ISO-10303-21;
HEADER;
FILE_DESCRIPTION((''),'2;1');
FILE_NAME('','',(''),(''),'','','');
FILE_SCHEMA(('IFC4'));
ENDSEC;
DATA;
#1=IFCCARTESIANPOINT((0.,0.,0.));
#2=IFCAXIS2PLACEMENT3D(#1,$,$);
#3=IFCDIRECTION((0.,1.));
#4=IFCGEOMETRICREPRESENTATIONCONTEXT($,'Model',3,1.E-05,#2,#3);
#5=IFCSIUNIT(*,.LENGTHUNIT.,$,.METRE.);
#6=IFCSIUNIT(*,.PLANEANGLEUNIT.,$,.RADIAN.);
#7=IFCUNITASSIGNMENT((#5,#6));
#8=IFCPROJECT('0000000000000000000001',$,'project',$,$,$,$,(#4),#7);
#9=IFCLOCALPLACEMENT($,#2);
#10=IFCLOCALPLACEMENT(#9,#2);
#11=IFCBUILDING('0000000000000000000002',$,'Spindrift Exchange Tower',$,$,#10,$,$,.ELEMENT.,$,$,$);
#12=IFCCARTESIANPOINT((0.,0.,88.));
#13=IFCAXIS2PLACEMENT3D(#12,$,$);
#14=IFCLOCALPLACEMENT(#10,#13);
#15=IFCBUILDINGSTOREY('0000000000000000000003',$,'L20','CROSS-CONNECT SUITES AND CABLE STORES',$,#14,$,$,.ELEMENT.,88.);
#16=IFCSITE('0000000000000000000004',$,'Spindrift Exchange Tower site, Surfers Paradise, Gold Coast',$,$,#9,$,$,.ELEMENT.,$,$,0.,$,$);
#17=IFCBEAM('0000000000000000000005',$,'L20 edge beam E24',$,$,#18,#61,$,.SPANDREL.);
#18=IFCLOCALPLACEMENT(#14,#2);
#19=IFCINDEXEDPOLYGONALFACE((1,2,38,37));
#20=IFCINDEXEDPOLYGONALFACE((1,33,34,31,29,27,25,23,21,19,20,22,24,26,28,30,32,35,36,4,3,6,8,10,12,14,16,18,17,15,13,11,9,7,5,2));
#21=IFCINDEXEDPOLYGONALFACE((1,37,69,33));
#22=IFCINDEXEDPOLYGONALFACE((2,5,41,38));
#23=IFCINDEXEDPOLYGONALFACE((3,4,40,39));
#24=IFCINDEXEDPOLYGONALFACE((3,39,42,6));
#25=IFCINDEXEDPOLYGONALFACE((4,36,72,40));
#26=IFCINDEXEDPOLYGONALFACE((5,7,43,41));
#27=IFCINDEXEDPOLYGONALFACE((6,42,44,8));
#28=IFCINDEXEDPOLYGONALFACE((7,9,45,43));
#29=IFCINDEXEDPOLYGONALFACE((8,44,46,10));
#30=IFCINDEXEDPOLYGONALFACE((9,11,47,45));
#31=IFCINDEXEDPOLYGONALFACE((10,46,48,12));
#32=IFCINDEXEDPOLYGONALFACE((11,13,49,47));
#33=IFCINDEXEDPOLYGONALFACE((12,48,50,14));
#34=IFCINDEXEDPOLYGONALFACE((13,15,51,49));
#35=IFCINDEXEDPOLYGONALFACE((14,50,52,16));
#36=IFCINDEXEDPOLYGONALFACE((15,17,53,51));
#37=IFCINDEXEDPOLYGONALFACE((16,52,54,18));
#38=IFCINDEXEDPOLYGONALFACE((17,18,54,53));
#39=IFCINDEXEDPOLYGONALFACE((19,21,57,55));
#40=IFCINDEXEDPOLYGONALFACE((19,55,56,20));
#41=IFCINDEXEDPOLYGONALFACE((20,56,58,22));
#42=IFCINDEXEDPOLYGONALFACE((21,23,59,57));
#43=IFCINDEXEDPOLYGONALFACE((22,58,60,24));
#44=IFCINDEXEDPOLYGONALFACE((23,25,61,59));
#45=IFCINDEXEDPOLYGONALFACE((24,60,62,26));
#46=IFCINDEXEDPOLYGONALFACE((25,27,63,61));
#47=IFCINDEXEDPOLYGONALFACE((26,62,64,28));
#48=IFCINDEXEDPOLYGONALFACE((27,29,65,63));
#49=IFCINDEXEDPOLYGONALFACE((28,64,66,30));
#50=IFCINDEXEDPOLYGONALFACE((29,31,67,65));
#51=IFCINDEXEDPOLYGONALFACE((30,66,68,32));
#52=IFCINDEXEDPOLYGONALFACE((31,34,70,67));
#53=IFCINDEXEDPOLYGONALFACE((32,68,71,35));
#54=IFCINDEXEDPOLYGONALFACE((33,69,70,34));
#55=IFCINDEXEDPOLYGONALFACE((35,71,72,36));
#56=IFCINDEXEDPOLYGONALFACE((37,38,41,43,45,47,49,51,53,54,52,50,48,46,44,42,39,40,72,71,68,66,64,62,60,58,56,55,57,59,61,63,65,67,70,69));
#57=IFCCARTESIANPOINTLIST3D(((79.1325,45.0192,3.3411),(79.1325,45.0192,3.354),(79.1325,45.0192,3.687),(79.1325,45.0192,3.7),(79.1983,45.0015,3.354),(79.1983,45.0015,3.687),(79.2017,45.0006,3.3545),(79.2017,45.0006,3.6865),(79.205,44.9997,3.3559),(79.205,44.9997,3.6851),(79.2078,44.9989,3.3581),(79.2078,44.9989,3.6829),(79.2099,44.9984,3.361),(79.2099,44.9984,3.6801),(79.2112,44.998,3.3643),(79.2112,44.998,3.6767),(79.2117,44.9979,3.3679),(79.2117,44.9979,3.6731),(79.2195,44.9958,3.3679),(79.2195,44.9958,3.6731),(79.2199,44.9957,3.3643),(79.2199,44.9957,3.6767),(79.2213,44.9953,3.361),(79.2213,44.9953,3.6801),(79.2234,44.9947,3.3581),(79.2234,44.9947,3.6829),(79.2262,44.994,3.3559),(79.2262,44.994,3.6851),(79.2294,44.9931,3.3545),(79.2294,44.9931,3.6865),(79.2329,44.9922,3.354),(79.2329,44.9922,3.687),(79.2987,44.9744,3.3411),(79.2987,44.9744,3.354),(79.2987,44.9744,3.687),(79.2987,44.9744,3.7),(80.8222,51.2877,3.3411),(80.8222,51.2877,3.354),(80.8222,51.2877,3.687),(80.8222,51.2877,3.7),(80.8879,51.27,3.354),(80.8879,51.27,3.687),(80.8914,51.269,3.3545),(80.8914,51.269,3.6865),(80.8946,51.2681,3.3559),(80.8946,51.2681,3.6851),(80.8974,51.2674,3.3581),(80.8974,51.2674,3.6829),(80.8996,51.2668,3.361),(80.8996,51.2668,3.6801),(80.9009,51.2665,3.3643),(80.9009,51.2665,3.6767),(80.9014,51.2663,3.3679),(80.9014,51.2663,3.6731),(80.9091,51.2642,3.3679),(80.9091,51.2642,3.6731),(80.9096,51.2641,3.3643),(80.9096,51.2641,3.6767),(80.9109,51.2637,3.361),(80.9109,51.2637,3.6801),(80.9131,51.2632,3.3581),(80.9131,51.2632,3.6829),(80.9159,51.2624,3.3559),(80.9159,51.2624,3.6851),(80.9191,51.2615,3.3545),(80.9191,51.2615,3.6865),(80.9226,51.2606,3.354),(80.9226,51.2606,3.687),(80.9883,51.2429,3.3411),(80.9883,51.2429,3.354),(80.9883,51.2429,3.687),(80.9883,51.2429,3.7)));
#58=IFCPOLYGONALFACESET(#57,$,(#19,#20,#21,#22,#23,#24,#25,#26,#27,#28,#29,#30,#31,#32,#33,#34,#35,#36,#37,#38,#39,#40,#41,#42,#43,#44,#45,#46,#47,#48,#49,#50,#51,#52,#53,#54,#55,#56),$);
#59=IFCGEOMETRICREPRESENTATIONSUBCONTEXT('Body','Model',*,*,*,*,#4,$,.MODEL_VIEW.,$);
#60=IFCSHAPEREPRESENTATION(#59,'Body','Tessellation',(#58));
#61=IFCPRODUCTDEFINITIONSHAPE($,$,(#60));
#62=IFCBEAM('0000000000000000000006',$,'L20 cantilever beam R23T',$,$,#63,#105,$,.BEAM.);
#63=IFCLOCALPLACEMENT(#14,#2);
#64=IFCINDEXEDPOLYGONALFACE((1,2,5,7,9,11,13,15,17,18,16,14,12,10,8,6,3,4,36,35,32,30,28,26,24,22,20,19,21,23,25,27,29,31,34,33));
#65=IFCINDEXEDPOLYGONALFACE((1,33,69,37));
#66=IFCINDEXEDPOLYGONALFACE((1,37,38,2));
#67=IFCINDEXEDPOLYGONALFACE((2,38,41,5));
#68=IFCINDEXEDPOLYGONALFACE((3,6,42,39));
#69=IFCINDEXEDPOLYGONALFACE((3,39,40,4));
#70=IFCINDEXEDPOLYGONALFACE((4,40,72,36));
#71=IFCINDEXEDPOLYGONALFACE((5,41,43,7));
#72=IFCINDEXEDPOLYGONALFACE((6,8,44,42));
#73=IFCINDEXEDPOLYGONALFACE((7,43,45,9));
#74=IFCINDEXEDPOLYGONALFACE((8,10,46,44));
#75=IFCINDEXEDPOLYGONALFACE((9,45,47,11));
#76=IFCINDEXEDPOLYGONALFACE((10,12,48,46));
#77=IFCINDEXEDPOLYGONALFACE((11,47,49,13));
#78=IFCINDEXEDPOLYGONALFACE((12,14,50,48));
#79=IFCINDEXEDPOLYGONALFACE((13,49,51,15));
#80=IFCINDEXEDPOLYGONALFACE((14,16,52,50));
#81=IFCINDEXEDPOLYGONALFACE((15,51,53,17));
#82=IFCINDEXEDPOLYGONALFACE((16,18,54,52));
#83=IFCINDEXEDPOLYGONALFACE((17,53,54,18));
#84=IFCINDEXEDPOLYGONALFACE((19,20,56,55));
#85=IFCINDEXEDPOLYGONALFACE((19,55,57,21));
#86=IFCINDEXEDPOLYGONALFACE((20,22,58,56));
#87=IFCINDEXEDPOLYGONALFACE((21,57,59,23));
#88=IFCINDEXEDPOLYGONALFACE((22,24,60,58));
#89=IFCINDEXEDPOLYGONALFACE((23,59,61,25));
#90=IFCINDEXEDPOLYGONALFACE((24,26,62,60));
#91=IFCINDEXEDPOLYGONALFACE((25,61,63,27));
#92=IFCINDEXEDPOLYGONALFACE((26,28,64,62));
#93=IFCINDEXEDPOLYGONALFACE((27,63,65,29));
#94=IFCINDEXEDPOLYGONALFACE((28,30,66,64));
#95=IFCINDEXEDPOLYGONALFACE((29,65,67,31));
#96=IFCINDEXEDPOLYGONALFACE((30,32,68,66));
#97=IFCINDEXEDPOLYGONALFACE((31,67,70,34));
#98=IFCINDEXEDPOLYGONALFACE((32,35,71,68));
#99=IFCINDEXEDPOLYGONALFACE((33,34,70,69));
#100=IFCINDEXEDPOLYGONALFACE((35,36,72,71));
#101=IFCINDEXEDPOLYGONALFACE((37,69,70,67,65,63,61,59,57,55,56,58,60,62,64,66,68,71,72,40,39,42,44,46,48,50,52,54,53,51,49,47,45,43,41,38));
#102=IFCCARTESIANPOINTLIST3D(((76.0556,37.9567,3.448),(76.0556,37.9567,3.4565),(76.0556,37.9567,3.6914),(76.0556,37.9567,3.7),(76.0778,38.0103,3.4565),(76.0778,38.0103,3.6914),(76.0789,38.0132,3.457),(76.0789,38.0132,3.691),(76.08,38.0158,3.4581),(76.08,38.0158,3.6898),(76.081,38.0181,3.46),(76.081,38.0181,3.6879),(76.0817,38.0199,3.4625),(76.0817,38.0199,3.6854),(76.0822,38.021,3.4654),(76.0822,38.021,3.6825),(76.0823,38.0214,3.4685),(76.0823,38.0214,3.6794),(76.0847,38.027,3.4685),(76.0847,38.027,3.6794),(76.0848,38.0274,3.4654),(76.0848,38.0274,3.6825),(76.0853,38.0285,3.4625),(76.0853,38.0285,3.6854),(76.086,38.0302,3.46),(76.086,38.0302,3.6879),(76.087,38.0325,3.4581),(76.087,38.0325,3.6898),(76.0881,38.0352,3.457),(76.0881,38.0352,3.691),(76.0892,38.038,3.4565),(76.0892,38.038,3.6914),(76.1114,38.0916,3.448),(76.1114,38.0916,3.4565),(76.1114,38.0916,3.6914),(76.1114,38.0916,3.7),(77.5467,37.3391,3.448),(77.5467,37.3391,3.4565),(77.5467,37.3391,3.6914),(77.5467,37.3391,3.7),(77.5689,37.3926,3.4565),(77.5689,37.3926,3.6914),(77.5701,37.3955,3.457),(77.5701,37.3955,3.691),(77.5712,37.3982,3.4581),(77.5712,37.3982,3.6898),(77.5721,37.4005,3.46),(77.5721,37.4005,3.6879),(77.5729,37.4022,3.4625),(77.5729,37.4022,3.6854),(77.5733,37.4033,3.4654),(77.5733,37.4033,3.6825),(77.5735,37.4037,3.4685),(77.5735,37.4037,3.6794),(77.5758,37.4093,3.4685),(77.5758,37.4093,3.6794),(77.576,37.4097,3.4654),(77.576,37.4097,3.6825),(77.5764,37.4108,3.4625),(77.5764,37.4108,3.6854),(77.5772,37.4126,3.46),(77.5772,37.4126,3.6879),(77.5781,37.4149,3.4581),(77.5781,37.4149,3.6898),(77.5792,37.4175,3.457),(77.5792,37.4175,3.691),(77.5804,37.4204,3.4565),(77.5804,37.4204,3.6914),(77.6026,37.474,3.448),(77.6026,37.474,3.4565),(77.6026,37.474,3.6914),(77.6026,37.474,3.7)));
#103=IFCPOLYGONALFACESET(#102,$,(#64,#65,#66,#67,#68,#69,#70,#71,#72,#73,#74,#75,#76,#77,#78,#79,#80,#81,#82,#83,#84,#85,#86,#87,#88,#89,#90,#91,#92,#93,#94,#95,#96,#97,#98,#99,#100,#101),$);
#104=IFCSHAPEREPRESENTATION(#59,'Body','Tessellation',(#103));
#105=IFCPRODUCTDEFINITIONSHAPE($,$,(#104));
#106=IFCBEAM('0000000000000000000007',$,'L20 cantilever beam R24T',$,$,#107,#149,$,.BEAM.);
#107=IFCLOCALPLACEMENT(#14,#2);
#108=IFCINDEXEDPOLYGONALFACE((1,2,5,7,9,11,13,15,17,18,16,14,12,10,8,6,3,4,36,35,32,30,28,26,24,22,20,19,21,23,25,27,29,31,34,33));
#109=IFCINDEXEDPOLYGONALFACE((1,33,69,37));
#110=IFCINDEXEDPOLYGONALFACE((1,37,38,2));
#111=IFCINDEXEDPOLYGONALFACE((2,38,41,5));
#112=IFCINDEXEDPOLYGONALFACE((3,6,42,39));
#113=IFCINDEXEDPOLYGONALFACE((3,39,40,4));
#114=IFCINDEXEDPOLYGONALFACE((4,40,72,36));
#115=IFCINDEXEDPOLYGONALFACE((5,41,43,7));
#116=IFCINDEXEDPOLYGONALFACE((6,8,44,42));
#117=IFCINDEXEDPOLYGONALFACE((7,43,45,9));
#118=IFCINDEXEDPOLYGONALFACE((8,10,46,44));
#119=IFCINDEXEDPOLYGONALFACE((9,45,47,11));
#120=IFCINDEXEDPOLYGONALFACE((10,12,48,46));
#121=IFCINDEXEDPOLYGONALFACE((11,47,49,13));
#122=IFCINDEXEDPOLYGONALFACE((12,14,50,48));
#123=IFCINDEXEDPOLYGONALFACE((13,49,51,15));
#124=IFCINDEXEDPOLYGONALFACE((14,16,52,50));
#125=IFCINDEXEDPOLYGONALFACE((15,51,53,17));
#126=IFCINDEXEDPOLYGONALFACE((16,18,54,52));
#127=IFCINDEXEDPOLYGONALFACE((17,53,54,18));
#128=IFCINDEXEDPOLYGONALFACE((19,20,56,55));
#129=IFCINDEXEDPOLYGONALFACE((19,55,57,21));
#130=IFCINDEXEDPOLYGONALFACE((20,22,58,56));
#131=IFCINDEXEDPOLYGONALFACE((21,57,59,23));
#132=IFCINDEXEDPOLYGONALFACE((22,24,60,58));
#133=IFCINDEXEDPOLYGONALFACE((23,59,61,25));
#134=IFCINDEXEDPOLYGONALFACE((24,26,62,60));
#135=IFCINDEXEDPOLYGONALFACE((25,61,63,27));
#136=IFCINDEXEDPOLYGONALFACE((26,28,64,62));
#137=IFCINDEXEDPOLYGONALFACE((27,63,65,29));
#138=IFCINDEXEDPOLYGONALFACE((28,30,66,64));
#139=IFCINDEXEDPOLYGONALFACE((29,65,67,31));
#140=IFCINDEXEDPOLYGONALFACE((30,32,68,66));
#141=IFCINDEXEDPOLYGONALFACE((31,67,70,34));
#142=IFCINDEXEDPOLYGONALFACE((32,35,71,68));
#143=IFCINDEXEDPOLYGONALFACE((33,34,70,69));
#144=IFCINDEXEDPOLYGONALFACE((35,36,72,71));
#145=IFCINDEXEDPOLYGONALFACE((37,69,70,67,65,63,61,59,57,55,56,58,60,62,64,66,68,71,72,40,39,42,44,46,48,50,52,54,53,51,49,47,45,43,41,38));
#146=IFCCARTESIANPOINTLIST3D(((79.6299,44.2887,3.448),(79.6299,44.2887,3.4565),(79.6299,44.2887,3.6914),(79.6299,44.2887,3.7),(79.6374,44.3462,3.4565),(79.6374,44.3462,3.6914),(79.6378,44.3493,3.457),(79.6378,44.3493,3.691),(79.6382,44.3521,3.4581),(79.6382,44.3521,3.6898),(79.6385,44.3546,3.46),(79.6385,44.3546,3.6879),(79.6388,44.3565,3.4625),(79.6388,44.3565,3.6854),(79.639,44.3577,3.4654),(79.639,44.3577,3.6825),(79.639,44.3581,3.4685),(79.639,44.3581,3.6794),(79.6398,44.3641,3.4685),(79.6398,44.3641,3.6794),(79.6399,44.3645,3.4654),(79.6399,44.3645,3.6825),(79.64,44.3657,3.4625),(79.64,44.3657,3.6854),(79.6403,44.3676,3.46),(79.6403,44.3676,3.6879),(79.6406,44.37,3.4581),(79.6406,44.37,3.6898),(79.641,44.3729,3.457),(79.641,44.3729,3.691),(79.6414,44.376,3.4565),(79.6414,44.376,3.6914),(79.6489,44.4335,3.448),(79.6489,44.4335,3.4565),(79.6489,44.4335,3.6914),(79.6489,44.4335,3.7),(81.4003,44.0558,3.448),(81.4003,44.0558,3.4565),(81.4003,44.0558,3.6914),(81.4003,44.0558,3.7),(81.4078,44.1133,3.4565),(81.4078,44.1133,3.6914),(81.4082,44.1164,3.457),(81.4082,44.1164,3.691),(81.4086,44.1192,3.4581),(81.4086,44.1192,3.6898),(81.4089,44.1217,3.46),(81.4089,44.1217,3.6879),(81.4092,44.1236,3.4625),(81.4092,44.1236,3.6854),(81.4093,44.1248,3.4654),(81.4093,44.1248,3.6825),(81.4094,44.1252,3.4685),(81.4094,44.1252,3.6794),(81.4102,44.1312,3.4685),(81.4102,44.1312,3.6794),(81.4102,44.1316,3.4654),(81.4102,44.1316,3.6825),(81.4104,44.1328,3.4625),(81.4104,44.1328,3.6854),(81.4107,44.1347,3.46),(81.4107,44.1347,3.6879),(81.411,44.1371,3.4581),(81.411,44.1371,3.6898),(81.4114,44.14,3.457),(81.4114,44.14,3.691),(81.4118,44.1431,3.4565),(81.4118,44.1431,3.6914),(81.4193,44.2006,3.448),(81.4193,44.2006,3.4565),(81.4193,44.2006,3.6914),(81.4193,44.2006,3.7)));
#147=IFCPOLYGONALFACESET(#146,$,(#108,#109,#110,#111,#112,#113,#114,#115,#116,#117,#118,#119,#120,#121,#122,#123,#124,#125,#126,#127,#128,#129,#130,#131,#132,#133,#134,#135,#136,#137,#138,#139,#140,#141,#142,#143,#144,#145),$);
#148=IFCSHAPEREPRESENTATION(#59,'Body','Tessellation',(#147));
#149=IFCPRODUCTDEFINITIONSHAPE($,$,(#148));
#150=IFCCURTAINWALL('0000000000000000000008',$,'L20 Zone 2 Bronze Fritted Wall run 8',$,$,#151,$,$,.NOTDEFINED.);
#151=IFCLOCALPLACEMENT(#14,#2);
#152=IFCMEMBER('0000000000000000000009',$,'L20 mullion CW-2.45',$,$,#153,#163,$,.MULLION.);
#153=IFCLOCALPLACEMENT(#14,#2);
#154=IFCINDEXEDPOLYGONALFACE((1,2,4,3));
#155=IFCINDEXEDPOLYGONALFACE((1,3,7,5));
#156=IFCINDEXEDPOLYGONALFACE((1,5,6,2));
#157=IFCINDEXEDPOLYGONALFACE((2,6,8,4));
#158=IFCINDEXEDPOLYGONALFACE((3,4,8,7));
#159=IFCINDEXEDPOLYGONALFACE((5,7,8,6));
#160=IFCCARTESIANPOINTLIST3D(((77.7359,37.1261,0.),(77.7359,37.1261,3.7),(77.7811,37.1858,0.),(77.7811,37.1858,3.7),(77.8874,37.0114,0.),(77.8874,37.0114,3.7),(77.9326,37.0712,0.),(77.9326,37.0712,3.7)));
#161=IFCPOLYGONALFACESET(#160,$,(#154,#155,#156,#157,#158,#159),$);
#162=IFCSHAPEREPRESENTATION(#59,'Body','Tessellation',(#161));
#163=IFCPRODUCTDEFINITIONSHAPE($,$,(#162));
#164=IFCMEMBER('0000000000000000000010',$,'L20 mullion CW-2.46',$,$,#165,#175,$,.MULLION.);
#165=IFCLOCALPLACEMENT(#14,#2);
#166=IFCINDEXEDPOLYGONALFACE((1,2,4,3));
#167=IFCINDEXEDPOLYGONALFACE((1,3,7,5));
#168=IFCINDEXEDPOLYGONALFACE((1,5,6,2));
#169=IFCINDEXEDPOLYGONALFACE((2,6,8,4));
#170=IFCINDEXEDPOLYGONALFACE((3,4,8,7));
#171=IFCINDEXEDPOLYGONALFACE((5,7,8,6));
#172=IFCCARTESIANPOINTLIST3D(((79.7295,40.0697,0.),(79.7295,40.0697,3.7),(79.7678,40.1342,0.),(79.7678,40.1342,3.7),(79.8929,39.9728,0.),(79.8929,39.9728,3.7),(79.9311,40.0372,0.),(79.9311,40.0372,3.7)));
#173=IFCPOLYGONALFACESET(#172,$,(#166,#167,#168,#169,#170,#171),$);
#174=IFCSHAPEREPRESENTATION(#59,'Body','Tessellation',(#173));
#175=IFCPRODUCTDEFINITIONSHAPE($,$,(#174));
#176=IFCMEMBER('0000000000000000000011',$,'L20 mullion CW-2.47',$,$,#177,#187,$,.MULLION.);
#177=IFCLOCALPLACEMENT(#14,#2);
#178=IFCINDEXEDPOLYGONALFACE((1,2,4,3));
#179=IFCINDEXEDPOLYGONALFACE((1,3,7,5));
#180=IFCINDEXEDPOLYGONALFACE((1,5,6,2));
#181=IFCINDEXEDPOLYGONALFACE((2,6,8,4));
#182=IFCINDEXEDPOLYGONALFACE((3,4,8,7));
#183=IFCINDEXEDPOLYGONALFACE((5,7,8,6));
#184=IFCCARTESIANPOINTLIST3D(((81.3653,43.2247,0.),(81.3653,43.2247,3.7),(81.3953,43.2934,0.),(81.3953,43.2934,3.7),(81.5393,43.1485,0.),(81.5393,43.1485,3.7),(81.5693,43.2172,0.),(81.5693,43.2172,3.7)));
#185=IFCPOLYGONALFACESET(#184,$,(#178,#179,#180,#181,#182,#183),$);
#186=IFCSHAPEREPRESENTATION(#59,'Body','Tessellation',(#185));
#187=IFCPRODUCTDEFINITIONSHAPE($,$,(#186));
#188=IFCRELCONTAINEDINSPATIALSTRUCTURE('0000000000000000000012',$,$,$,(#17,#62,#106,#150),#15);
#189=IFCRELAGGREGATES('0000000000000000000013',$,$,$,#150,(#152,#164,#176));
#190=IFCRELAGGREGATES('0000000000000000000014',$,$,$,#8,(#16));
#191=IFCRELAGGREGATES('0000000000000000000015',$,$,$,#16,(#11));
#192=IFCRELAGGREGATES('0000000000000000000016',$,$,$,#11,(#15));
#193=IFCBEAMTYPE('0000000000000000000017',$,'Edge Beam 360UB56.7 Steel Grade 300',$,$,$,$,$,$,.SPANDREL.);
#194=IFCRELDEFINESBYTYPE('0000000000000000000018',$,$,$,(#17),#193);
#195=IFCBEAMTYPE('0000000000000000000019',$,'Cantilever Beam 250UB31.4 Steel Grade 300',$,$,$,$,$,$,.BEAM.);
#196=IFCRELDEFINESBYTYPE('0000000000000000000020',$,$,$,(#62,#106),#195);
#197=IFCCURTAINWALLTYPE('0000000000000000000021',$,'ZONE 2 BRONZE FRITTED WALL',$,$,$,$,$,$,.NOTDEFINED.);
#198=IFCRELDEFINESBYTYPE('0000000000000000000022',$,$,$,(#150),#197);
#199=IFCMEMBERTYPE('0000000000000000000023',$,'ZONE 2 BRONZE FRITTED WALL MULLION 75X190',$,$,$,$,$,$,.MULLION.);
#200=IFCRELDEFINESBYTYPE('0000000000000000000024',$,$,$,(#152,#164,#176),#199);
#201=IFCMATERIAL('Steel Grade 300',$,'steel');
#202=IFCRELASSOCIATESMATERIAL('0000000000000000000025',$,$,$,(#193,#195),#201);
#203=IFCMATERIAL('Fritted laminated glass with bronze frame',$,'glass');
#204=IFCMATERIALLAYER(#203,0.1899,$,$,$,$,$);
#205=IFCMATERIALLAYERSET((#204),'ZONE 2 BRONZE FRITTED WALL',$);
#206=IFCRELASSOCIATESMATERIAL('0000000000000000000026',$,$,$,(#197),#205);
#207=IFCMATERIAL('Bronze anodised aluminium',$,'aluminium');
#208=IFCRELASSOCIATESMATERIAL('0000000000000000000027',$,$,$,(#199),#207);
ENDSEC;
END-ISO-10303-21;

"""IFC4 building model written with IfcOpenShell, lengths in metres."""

from ifc_helpers import new_model, si_unit, direction, frame, origin, origin_2d, place, context, subcontext, project, spatial, rectangle, i_section, extrude, source, transform, mapped, material, layer, layer_set, material_profile, profile_set, type_object, element, aggregate, save


model = new_model("IFC4")

# Units and contexts
model_context = context("Model", 3, precision=1e-05, world=origin(), true_north=direction((0.0, 1.0)))
body_context = subcontext(model_context, "Body", "Model", "MODEL_VIEW")
ifc_project = project(units=[si_unit("LENGTHUNIT", "METRE"), si_unit("PLANEANGLEUNIT", "RADIAN")], contexts=[model_context])

# Site, building, storey
site_placement = place(None, origin())
site = spatial("IfcSite", under=ifc_project, at=site_placement, Name="Spindrift Exchange Tower site, Surfers Paradise, Gold Coast", CompositionType="ELEMENT", RefElevation=0.0)
building_placement = place(site_placement, origin())
building = spatial("IfcBuilding", under=site, at=building_placement, Name="Spindrift Exchange Tower", CompositionType="ELEMENT")
storey_placement = place(building_placement, frame((0.0, 0.0, 88.0)))
storey = spatial("IfcBuildingStorey", under=building, at=storey_placement, Name="L20", Description="CROSS-CONNECT SUITES AND CABLE STORES", CompositionType="ELEMENT", Elevation=88.0)

# Beams
ifc_material_1 = material(Name="Steel Grade 300", Category="steel")
ifc_material_profile_1 = material_profile(ifc_material_1, i_section(OverallWidth=0.1721, OverallDepth=0.3589, WebThickness=0.0081, FlangeThickness=0.0129, FilletRadius=0.0139, at=origin_2d()), Name="360UB56.7")
ifc_profile_set_1 = profile_set([ifc_material_profile_1], Name="Steel Grade 300")
beam_type_1 = type_object("IfcBeamType", Name="Edge Beam 360UB56.7 Steel Grade 300", PredefinedType="SPANDREL", material=ifc_profile_set_1)
shared_shape_1 = source(origin(), body_context, "Body", "SweptSolid", [
    extrude(i_section(OverallWidth=0.1721, OverallDepth=0.3589, WebThickness=0.0081, FlangeThickness=0.0129, FilletRadius=0.0139, at=origin_2d()), origin(), (0.0, 0.0, 1.0), 6.4922),
])
beam_1_placement = place(storey_placement, frame((79.2156, 44.9968, 3.5205), z_axis=(0.260262, 0.965538, 0.0), x_axis=(-0.965538, 0.260262, 0.0)))
element("IfcBeam", 1, at=beam_1_placement, inside=storey, type_object=beam_type_1, Name="L20 edge beam E24", PredefinedType="SPANDREL", context=body_context, shape_type="MappedRepresentation", body=[
    mapped(shared_shape_1, transform((0.0, 0.0, 0.0), scale=1.0)),
])
ifc_material_profile_2 = material_profile(ifc_material_1, i_section(OverallWidth=0.146, OverallDepth=0.252, WebThickness=0.0061, FlangeThickness=0.0085, FilletRadius=0.012, at=origin_2d()), Name="250UB31.4")
ifc_profile_set_2 = profile_set([ifc_material_profile_2], Name="Steel Grade 300")
beam_type_2 = type_object("IfcBeamType", Name="Cantilever Beam 250UB31.4 Steel Grade 300", PredefinedType="BEAM", material=ifc_profile_set_2)
shared_shape_2 = source(origin(), body_context, "Body", "SweptSolid", [
    extrude(i_section(OverallWidth=0.146, OverallDepth=0.252, WebThickness=0.0061, FlangeThickness=0.0085, FilletRadius=0.012, at=origin_2d()), origin(), (0.0, 0.0, 1.0), 1.614),
])
beam_2_placement = place(storey_placement, frame((76.0835, 38.0242, 3.574), z_axis=(0.92388, -0.382681, 0.0), x_axis=(0.382681, 0.92388, 0.0)))
element("IfcBeam", 2, at=beam_2_placement, inside=storey, type_object=beam_type_2, Name="L20 cantilever beam R23T", PredefinedType="BEAM", context=body_context, shape_type="MappedRepresentation", body=[
    mapped(shared_shape_2, transform((0.0, 0.0, 0.0), scale=1.0)),
])
shared_shape_3 = source(origin(), body_context, "Body", "SweptSolid", [
    extrude(i_section(OverallWidth=0.146, OverallDepth=0.252, WebThickness=0.0061, FlangeThickness=0.0085, FilletRadius=0.012, at=origin_2d()), origin(), (0.0, 0.0, 1.0), 1.7856),
])
beam_3_placement = place(storey_placement, frame((79.6394, 44.3611, 3.574), z_axis=(0.991458, -0.130426, 0.0), x_axis=(0.130426, 0.991458, 0.0)))
element("IfcBeam", 3, at=beam_3_placement, inside=storey, type_object=beam_type_2, Name="L20 cantilever beam R24T", PredefinedType="BEAM", context=body_context, shape_type="MappedRepresentation", body=[
    mapped(shared_shape_3, transform((0.0, 0.0, 0.0), scale=1.0)),
])

# Curtain wall, members
ifc_material_2 = material(Name="Fritted laminated glass with bronze frame", Category="glass")
ifc_layer_1 = layer(ifc_material_2, 0.1899)
ifc_layer_set_1 = layer_set([ifc_layer_1], Name="ZONE 2 BRONZE FRITTED WALL")
curtain_wall_type = type_object("IfcCurtainWallType", Name="ZONE 2 BRONZE FRITTED WALL", PredefinedType="NOTDEFINED", material=ifc_layer_set_1)
curtain_wall_placement = place(storey_placement, origin())
curtain_wall = element("IfcCurtainWall", 4, at=curtain_wall_placement, inside=storey, type_object=curtain_wall_type, Name="L20 Zone 2 Bronze Fritted Wall run 8", PredefinedType="NOTDEFINED")
ifc_material_3 = material(Name="Bronze anodised aluminium", Category="aluminium")
ifc_material_profile_3 = material_profile(ifc_material_3, rectangle(XDim=0.075, YDim=0.1899, at=origin_2d()), Name="ZONE 2 BRONZE FRITTED WALL MULLION 75X190")
ifc_profile_set_3 = profile_set([ifc_material_profile_3], Name="Bronze anodised aluminium")
member_type_1 = type_object("IfcMemberType", Name="ZONE 2 BRONZE FRITTED WALL MULLION 75X190", PredefinedType="MULLION", material=ifc_profile_set_3)
shared_shape_4 = source(origin(), body_context, "Body", "SweptSolid", [
    extrude(rectangle(XDim=0.075, YDim=0.1899, at=origin_2d()), origin(), (0.0, 0.0, 1.0), 3.7),
])
member_1_placement = place(storey_placement, frame((77.8342, 37.0986, 0.0), z_axis=(0.0, 0.0, 1.0), x_axis=(0.60339, 0.797446, 0.0)))
member_1 = element("IfcMember", 5, at=member_1_placement, type_object=member_type_1, Name="L20 mullion CW-2.45", PredefinedType="MULLION", context=body_context, shape_type="MappedRepresentation", body=[
    mapped(shared_shape_4, transform((0.0, 0.0, 0.0), scale=1.0)),
])
member_2_placement = place(storey_placement, frame((79.8303, 40.0535, 0.0), z_axis=(0.0, 0.0, 1.0), x_axis=(0.510327, 0.85998, 0.0)))
member_2 = element("IfcMember", 6, at=member_2_placement, type_object=member_type_1, Name="L20 mullion CW-2.46", PredefinedType="MULLION", context=body_context, shape_type="MappedRepresentation", body=[
    mapped(shared_shape_4, transform((0.0, 0.0, 0.0), scale=1.0)),
])
member_3_placement = place(storey_placement, frame((81.4673, 43.2209, 0.0), z_axis=(0.0, 0.0, 1.0), x_axis=(0.400912, 0.916117, 0.0)))
member_3 = element("IfcMember", 7, at=member_3_placement, type_object=member_type_1, Name="L20 mullion CW-2.47", PredefinedType="MULLION", context=body_context, shape_type="MappedRepresentation", body=[
    mapped(shared_shape_4, transform((0.0, 0.0, 0.0), scale=1.0)),
])
aggregate(curtain_wall, [member_1, member_2, member_3])

save(model, "model.ifc")
